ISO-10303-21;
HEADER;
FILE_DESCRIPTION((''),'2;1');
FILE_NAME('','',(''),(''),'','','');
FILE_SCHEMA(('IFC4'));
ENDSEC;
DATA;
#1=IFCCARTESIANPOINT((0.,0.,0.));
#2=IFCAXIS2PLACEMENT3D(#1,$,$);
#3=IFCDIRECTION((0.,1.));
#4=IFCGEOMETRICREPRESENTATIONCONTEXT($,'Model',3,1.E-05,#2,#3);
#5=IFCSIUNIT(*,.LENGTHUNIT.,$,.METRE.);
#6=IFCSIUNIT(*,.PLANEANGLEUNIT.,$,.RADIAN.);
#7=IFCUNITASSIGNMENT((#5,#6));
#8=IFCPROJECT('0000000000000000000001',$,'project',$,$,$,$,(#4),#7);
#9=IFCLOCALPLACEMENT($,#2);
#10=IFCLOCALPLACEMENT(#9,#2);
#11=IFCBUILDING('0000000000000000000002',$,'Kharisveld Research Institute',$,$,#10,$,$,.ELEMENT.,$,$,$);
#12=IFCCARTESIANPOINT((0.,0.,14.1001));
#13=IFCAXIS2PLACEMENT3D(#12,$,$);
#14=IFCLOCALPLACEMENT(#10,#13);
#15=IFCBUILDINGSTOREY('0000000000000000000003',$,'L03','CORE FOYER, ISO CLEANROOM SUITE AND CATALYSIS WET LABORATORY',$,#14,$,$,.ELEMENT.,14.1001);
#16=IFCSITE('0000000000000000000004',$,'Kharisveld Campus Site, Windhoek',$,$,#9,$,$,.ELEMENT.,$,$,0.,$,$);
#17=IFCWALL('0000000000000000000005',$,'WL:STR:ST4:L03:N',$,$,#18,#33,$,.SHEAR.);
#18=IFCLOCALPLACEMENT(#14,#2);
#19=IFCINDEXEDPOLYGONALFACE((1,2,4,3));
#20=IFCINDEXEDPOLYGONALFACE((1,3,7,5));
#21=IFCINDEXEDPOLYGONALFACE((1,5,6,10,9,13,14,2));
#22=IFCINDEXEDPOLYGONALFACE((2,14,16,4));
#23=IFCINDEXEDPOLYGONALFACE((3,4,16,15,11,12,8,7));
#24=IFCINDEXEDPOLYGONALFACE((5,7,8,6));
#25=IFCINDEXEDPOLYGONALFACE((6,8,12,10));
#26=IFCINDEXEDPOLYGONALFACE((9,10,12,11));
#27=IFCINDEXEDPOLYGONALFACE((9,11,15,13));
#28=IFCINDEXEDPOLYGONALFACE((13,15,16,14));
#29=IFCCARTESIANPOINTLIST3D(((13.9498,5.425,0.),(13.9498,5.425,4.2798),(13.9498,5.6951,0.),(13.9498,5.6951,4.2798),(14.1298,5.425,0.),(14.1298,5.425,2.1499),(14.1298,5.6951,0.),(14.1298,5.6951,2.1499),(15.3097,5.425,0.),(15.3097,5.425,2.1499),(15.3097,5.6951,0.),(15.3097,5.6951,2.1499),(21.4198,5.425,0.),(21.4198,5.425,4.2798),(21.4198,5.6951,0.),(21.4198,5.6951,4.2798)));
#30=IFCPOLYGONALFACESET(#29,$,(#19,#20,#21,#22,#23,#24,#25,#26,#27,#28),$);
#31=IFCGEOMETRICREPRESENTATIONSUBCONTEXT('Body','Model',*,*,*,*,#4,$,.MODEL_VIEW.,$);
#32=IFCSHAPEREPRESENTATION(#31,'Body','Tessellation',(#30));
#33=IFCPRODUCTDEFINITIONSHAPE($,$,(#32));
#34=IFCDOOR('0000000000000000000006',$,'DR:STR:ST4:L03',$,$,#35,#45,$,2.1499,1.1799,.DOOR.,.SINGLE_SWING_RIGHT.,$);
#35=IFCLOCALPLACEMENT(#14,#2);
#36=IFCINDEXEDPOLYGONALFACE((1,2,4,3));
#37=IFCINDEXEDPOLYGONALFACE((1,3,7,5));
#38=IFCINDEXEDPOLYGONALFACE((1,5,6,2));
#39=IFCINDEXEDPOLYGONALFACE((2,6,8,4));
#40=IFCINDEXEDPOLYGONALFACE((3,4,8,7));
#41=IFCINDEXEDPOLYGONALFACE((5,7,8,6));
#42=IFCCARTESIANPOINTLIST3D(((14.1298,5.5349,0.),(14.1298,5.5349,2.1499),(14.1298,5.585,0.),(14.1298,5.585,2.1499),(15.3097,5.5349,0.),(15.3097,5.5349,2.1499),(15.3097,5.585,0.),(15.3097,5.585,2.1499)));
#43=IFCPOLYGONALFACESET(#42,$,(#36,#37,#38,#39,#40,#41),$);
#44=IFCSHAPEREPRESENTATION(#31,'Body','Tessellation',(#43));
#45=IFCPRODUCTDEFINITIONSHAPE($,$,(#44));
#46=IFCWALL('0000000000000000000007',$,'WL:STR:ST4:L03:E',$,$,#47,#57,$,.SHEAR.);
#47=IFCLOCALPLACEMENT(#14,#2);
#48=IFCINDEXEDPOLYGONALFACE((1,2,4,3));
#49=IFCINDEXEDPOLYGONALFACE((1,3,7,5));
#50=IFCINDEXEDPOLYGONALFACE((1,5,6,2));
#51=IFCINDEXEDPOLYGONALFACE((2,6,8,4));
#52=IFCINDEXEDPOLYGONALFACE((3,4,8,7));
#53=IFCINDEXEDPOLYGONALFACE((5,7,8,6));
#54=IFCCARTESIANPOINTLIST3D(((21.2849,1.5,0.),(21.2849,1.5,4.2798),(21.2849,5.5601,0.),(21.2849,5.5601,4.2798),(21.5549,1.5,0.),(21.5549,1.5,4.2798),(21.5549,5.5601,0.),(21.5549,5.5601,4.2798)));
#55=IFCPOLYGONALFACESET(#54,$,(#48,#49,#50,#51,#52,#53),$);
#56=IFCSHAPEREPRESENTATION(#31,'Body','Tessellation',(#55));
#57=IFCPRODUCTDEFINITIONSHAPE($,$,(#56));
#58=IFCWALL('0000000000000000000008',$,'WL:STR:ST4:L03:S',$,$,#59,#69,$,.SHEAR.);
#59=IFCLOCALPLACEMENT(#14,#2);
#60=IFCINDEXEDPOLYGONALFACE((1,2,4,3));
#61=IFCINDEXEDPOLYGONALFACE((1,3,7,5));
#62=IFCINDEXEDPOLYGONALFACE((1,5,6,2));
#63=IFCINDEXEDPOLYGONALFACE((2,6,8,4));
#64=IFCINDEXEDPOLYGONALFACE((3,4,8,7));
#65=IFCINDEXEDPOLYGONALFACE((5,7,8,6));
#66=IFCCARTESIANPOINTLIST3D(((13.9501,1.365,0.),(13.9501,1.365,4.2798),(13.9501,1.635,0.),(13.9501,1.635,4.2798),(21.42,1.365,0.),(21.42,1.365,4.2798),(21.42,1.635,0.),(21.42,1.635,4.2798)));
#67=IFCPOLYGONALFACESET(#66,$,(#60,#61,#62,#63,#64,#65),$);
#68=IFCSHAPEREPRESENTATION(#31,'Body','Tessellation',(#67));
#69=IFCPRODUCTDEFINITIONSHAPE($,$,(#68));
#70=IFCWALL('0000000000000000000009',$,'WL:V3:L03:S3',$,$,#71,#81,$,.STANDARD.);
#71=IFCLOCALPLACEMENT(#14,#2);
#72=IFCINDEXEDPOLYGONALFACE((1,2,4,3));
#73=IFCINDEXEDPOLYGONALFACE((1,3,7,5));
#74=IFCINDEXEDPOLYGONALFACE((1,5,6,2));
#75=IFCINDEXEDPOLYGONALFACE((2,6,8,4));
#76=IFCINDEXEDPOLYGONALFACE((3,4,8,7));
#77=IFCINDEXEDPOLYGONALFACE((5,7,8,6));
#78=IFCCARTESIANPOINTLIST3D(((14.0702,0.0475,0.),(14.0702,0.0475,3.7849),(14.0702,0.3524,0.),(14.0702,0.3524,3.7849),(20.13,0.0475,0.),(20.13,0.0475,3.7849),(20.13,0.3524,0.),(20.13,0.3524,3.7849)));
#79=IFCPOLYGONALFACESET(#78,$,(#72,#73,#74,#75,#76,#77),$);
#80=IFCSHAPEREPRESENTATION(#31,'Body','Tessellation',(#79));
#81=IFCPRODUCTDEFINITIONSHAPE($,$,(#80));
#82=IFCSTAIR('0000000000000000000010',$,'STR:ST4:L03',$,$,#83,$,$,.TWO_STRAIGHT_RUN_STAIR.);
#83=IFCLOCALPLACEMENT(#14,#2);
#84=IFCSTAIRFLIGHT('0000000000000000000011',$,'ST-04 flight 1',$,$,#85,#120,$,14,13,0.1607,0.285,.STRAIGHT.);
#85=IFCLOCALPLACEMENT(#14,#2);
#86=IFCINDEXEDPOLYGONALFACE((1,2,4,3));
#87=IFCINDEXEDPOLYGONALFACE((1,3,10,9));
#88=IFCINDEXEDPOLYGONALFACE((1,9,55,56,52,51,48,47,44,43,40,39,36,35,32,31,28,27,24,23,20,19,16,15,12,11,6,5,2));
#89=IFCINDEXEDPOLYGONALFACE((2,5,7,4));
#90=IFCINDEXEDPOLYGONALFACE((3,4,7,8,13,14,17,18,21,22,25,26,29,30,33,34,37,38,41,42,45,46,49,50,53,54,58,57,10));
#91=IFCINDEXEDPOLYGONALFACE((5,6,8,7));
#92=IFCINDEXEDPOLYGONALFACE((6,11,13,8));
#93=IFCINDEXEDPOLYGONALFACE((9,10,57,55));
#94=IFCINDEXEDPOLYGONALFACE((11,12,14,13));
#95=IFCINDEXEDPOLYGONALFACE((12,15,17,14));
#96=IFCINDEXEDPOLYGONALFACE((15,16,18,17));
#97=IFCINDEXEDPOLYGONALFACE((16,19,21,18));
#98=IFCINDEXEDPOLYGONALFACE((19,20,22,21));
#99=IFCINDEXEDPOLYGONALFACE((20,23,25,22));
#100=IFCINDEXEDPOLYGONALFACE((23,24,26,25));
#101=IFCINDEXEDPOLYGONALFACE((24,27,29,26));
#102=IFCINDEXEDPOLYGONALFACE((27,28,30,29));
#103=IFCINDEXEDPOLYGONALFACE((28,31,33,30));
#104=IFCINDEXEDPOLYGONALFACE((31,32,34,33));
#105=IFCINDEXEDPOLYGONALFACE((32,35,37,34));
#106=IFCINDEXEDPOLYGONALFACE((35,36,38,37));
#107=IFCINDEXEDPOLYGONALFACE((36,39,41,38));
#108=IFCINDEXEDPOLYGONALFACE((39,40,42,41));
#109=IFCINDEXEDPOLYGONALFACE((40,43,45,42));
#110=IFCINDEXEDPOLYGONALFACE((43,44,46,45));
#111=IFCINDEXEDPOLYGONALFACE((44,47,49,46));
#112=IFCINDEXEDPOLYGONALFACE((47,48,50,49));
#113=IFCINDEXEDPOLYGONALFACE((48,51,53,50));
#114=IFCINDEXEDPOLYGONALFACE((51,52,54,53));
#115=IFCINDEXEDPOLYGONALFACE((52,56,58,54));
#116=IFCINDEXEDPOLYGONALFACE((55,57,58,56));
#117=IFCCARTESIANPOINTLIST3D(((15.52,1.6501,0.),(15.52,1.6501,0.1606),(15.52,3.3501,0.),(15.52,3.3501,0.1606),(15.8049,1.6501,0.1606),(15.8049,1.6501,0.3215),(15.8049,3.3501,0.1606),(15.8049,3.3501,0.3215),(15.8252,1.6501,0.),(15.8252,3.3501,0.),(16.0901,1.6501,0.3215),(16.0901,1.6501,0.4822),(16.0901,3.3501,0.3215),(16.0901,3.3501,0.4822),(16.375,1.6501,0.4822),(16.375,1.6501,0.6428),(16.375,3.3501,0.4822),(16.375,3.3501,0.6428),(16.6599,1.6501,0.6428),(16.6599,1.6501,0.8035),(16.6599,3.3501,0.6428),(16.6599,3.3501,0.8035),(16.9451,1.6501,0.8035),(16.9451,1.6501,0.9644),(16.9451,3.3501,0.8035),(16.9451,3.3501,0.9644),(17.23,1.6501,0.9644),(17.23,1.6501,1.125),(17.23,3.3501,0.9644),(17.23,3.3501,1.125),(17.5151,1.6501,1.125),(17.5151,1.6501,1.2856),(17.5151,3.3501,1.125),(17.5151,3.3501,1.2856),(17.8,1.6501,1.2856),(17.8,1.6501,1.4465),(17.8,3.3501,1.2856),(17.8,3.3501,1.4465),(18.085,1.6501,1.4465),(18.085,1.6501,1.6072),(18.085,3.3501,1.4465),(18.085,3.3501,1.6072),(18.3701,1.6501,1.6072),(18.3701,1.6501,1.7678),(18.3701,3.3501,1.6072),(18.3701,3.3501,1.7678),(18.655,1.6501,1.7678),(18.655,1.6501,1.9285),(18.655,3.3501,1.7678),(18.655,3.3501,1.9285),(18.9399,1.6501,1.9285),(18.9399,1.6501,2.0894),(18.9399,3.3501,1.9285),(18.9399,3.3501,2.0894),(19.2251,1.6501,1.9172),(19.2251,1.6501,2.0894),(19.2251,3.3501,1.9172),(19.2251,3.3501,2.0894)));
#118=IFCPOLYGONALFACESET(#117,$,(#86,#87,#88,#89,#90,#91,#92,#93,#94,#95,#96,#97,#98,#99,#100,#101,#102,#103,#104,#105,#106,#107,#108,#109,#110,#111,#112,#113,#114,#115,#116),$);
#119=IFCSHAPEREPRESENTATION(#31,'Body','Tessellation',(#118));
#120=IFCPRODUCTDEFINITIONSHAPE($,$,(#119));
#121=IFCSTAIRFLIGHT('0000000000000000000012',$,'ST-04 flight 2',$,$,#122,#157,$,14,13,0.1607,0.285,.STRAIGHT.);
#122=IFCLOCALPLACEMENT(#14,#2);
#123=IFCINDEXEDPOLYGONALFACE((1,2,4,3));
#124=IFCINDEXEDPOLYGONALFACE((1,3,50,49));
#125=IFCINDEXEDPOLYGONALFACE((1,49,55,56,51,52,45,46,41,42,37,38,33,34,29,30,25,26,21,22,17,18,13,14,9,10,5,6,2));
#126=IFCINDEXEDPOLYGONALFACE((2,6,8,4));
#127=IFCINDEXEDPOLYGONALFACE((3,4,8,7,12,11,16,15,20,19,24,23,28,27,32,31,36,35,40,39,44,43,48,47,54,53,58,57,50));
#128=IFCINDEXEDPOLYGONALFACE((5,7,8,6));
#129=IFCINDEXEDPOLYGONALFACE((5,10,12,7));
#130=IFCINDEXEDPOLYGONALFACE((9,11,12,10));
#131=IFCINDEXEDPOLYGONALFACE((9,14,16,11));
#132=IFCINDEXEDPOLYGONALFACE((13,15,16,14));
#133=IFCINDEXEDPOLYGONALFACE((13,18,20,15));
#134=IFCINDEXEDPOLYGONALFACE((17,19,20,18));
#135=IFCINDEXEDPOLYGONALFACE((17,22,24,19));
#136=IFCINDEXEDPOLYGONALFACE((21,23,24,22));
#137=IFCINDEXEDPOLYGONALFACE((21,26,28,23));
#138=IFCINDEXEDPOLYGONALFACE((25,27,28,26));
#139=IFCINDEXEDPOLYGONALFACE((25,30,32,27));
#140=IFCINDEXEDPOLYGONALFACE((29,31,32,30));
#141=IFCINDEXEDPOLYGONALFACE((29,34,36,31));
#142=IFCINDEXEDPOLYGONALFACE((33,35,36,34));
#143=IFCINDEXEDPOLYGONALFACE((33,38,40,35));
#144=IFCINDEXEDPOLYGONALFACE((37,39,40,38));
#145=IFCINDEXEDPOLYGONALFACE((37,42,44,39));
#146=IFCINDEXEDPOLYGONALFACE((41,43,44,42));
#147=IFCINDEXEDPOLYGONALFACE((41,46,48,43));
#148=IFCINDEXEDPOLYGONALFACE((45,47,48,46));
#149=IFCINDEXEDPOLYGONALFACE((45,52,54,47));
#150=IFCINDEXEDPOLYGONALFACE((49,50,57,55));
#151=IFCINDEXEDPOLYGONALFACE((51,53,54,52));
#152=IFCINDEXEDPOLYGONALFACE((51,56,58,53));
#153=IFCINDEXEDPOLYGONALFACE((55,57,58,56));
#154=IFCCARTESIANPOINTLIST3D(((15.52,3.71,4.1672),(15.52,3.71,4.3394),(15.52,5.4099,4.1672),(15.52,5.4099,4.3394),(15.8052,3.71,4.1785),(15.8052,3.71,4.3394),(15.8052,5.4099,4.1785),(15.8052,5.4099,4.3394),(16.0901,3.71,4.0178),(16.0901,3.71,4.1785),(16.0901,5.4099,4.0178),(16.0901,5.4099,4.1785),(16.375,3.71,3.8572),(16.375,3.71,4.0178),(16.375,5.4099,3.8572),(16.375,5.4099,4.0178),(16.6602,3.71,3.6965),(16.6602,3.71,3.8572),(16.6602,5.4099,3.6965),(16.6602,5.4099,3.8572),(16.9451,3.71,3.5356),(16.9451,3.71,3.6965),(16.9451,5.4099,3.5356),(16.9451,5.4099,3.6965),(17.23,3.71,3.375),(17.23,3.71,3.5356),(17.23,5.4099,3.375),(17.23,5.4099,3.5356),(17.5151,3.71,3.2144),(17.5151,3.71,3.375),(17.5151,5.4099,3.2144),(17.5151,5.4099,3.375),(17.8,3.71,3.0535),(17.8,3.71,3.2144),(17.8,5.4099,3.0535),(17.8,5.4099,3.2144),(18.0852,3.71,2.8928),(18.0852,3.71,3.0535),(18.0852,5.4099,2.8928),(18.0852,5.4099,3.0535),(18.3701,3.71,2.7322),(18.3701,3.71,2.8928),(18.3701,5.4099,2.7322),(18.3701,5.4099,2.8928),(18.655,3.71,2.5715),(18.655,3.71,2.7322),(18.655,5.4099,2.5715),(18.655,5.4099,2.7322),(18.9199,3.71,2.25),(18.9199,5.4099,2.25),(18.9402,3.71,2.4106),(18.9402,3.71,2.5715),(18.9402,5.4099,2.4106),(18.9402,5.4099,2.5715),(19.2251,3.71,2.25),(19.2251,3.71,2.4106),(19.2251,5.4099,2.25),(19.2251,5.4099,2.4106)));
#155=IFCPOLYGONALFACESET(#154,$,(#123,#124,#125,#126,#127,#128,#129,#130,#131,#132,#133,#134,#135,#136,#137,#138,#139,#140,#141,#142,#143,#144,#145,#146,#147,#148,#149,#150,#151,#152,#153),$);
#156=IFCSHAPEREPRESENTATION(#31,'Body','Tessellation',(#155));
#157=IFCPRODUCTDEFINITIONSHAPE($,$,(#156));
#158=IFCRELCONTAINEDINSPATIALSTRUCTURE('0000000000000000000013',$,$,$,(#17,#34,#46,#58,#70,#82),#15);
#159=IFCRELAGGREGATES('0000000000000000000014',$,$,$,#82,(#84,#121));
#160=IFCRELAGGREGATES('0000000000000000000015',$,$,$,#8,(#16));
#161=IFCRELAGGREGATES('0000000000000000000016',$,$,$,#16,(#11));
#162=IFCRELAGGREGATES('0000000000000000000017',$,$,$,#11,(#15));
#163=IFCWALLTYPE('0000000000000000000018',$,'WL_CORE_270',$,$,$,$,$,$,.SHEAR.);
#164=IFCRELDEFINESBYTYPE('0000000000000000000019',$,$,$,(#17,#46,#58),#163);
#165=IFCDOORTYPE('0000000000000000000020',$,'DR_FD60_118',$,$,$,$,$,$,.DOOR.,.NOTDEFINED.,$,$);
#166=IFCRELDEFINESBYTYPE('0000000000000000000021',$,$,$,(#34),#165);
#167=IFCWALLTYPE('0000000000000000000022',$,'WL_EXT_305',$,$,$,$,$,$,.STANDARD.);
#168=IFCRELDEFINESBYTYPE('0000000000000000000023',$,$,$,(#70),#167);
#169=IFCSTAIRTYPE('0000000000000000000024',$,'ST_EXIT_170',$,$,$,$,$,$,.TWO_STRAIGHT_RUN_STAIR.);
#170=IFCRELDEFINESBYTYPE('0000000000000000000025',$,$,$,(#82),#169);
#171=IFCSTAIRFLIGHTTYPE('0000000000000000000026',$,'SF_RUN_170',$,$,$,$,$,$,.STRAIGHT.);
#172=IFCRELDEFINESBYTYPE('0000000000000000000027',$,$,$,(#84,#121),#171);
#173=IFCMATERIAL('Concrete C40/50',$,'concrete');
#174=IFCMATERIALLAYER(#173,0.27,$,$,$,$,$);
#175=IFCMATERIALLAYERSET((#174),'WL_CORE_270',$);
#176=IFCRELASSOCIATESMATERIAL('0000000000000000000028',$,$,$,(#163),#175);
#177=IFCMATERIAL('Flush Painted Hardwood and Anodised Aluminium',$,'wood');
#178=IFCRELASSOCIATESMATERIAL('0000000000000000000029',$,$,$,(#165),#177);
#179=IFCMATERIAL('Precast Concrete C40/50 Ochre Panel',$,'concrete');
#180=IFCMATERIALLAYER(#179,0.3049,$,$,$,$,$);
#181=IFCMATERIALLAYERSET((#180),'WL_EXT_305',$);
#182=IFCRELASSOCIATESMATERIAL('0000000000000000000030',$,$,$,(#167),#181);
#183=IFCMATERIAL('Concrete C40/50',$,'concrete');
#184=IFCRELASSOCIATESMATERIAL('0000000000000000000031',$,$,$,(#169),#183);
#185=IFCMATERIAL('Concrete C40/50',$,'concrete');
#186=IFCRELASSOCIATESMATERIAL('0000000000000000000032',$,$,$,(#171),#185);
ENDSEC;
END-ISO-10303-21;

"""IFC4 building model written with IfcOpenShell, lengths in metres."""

from ifc_helpers import new_model, si_unit, direction, frame, frame_2d, origin, place, context, subcontext, project, spatial, polyline, rectangle, outline, extrude, material, layer, layer_set, type_object, element, fill, aggregate, save


model = new_model("IFC4")

# Units and contexts
model_context = context("Model", 3, precision=1e-05, world=origin(), true_north=direction((0.0, 1.0)))
body_context = subcontext(model_context, "Body", "Model", "MODEL_VIEW")
ifc_project = project(units=[si_unit("LENGTHUNIT", "METRE"), si_unit("PLANEANGLEUNIT", "RADIAN")], contexts=[model_context])

# Site, building, storey
site_placement = place(None, origin())
site = spatial("IfcSite", under=ifc_project, at=site_placement, Name="Kharisveld Campus Site, Windhoek", CompositionType="ELEMENT", RefElevation=0.0)
building_placement = place(site_placement, origin())
building = spatial("IfcBuilding", under=site, at=building_placement, Name="Kharisveld Research Institute", CompositionType="ELEMENT")
storey_placement = place(building_placement, frame((0.0, 0.0, 14.1001)))
storey = spatial("IfcBuildingStorey", under=building, at=storey_placement, Name="L03", Description="CORE FOYER, ISO CLEANROOM SUITE AND CATALYSIS WET LABORATORY", CompositionType="ELEMENT", Elevation=14.1001)

# Shared definitions
ifc_material_1 = material(Name="Concrete C40/50", Category="concrete")
ifc_layer_1 = layer(ifc_material_1, 0.27)
ifc_layer_set_1 = layer_set([ifc_layer_1], Name="WL_CORE_270")
wall_type_1 = type_object("IfcWallType", Name="WL_CORE_270", PredefinedType="SHEAR", material=ifc_layer_set_1)

# Wall, opening, door
wall_1_placement = place(storey_placement, frame((13.95, 5.5601, 0.0), z_axis=(0.0, 0.0, 1.0), x_axis=(1.0, 0.0, 0.0)))
wall_1 = element("IfcWall", 1, at=wall_1_placement, inside=storey, type_object=wall_type_1, Name="WL:STR:ST4:L03:N", PredefinedType="SHEAR", context=body_context, shape_type="SweptSolid", body=[
    extrude(rectangle(XDim=7.47, YDim=0.27, at=frame_2d((3.7349, 0.0))), origin(), (0.0, 0.0, 1.0), 4.2798),
])
opening_placement = place(wall_1_placement, frame((0.1799, 0.0, 0.0)))
opening = element("IfcOpeningElement", 2, at=opening_placement, cuts=wall_1, PredefinedType="OPENING", context=body_context, shape_type="SweptSolid", body=[
    extrude(rectangle(XDim=1.1799, YDim=2.1499, at=frame_2d((0.5898, 1.075))), frame((0.0, 0.135, 0.0), z_axis=(0.0, -1.0, 0.0), x_axis=(1.0, 0.0, 0.0)), (0.0, 0.0, 1.0), 0.27),
])
ifc_material_2 = material(Name="Flush Painted Hardwood and Anodised Aluminium", Category="wood")
door_type = type_object("IfcDoorType", Name="DR_FD60_118", OperationType="NOTDEFINED", PredefinedType="DOOR", material=ifc_material_2)
door_placement = place(opening_placement, origin())
door = element("IfcDoor", 3, at=door_placement, inside=storey, type_object=door_type, Name="DR:STR:ST4:L03", OperationType="SINGLE_SWING_RIGHT", OverallHeight=2.1499, OverallWidth=1.1799, PredefinedType="DOOR", context=body_context, shape_type="SweptSolid", body=[
    extrude(rectangle(XDim=1.1799, YDim=2.1499, at=frame_2d((0.5898, 1.075))), frame((0.0, 0.0249, 0.0), z_axis=(0.0, -1.0, 0.0), x_axis=(1.0, 0.0, 0.0)), (0.0, 0.0, 1.0), 0.05),
])
fill(opening, door)

# Walls
wall_2_placement = place(storey_placement, frame((21.4199, 5.5601, 0.0), z_axis=(0.0, 0.0, 1.0), x_axis=(0.0, -1.0, 0.0)))
element("IfcWall", 4, at=wall_2_placement, inside=storey, type_object=wall_type_1, Name="WL:STR:ST4:L03:E", PredefinedType="SHEAR", context=body_context, shape_type="SweptSolid", body=[
    extrude(rectangle(XDim=4.0601, YDim=0.27, at=frame_2d((2.03, 0.0))), origin(), (0.0, 0.0, 1.0), 4.2798),
])
wall_3_placement = place(storey_placement, frame((21.4199, 1.5, 0.0), z_axis=(0.0, 0.0, 1.0), x_axis=(-1.0, 0.0, 0.0)))
element("IfcWall", 5, at=wall_3_placement, inside=storey, type_object=wall_type_1, Name="WL:STR:ST4:L03:S", PredefinedType="SHEAR", context=body_context, shape_type="SweptSolid", body=[
    extrude(rectangle(XDim=7.47, YDim=0.27, at=frame_2d((3.7349, 0.0))), origin(), (0.0, 0.0, 1.0), 4.2798),
])
ifc_material_3 = material(Name="Precast Concrete C40/50 Ochre Panel", Category="concrete")
ifc_layer_2 = layer(ifc_material_3, 0.3049)
ifc_layer_set_2 = layer_set([ifc_layer_2], Name="WL_EXT_305")
wall_type_2 = type_object("IfcWallType", Name="WL_EXT_305", PredefinedType="STANDARD", material=ifc_layer_set_2)
wall_4_placement = place(storey_placement, frame((20.1299, 0.2, 0.0), z_axis=(0.0, 0.0, 1.0), x_axis=(-1.0, 0.0, 0.0)))
element("IfcWall", 6, at=wall_4_placement, inside=storey, type_object=wall_type_2, Name="WL:V3:L03:S3", PredefinedType="STANDARD", context=body_context, shape_type="SweptSolid", body=[
    extrude(rectangle(XDim=6.0598, YDim=0.3049, at=frame_2d((3.0298, 0.0))), origin(), (0.0, 0.0, 1.0), 3.7849),
])

# Stair, stair flights
ifc_material_4 = material(Name="Concrete C40/50", Category="concrete")
stair_type = type_object("IfcStairType", Name="ST_EXIT_170", PredefinedType="TWO_STRAIGHT_RUN_STAIR", material=ifc_material_4)
stair_placement = place(storey_placement, origin())
stair = element("IfcStair", 7, at=stair_placement, inside=storey, type_object=stair_type, Name="STR:ST4:L03", PredefinedType="TWO_STRAIGHT_RUN_STAIR")
ifc_material_5 = material(Name="Concrete C40/50", Category="concrete")
stair_flight_type = type_object("IfcStairFlightType", Name="SF_RUN_170", PredefinedType="STRAIGHT", material=ifc_material_5)
stair_flight_1_placement = place(storey_placement, frame((15.52, 2.5, 0.0), z_axis=(0.0, 0.0, 1.0), x_axis=(1.0, 0.0, 0.0)))
stair_flight_1 = element("IfcStairFlight", 8, at=stair_flight_1_placement, type_object=stair_flight_type, Name="ST-04 flight 1", NumberOfRisers=14, NumberOfTreads=13, PredefinedType="STRAIGHT", RiserHeight=0.1607, TreadLength=0.285, context=body_context, shape_type="SweptSolid", body=[
    extrude(outline(polyline([(0.0, 0.0), (0.0, 0.1606), (0.2849, 0.1606), (0.2849, 0.3215), (0.5701, 0.3215), (0.5701, 0.4822), (0.855, 0.4822), (0.855, 0.6428), (1.1399, 0.6428), (1.1399, 0.8035), (1.425, 0.8035), (1.425, 0.9644), (1.71, 0.9644), (1.71, 1.125), (1.9951, 1.125), (1.9951, 1.2856), (2.28, 1.2856), (2.28, 1.4465), (2.5649, 1.4465), (2.5649, 1.6072), (2.8501, 1.6072), (2.8501, 1.7678), (3.135, 1.7678), (3.135, 1.9285), (3.4199, 1.9285), (3.4199, 2.0894), (3.7051, 2.0894), (3.7051, 2.25), (3.7051, 1.9172), (0.3052, 0.0), (0.0, 0.0)])), frame((0.0, 0.8501, 0.0), z_axis=(0.0, -1.0, 0.0), x_axis=(1.0, 0.0, 0.0)), (0.0, 0.0, 1.0), 1.7),
])
stair_flight_2_placement = place(storey_placement, frame((19.2251, 4.5601, 2.25), z_axis=(0.0, 0.0, 1.0), x_axis=(-1.0, 0.0, 0.0)))
stair_flight_2 = element("IfcStairFlight", 9, at=stair_flight_2_placement, type_object=stair_flight_type, Name="ST-04 flight 2", NumberOfRisers=14, NumberOfTreads=13, PredefinedType="STRAIGHT", RiserHeight=0.1607, TreadLength=0.285, context=body_context, shape_type="SweptSolid", body=[
    extrude(outline(polyline([(0.0, 0.0), (0.0, 0.1606), (0.2849, 0.1606), (0.2849, 0.3215), (0.5701, 0.3215), (0.5701, 0.4822), (0.855, 0.4822), (0.855, 0.6428), (1.1399, 0.6428), (1.1399, 0.8035), (1.425, 0.8035), (1.425, 0.9644), (1.71, 0.9644), (1.71, 1.125), (1.9951, 1.125), (1.9951, 1.2856), (2.28, 1.2856), (2.28, 1.4465), (2.5649, 1.4465), (2.5649, 1.6072), (2.8501, 1.6072), (2.8501, 1.7678), (3.135, 1.7678), (3.135, 1.9285), (3.4199, 1.9285), (3.4199, 2.0894), (3.7051, 2.0894), (3.7051, 2.25), (3.7051, 1.9172), (0.3052, 0.0), (0.0, 0.0)])), frame((0.0, 0.8501, 0.0), z_axis=(0.0, -1.0, 0.0), x_axis=(1.0, 0.0, 0.0)), (0.0, 0.0, 1.0), 1.7),
])
aggregate(stair, [stair_flight_1, stair_flight_2])

save(model, "model.ifc")
